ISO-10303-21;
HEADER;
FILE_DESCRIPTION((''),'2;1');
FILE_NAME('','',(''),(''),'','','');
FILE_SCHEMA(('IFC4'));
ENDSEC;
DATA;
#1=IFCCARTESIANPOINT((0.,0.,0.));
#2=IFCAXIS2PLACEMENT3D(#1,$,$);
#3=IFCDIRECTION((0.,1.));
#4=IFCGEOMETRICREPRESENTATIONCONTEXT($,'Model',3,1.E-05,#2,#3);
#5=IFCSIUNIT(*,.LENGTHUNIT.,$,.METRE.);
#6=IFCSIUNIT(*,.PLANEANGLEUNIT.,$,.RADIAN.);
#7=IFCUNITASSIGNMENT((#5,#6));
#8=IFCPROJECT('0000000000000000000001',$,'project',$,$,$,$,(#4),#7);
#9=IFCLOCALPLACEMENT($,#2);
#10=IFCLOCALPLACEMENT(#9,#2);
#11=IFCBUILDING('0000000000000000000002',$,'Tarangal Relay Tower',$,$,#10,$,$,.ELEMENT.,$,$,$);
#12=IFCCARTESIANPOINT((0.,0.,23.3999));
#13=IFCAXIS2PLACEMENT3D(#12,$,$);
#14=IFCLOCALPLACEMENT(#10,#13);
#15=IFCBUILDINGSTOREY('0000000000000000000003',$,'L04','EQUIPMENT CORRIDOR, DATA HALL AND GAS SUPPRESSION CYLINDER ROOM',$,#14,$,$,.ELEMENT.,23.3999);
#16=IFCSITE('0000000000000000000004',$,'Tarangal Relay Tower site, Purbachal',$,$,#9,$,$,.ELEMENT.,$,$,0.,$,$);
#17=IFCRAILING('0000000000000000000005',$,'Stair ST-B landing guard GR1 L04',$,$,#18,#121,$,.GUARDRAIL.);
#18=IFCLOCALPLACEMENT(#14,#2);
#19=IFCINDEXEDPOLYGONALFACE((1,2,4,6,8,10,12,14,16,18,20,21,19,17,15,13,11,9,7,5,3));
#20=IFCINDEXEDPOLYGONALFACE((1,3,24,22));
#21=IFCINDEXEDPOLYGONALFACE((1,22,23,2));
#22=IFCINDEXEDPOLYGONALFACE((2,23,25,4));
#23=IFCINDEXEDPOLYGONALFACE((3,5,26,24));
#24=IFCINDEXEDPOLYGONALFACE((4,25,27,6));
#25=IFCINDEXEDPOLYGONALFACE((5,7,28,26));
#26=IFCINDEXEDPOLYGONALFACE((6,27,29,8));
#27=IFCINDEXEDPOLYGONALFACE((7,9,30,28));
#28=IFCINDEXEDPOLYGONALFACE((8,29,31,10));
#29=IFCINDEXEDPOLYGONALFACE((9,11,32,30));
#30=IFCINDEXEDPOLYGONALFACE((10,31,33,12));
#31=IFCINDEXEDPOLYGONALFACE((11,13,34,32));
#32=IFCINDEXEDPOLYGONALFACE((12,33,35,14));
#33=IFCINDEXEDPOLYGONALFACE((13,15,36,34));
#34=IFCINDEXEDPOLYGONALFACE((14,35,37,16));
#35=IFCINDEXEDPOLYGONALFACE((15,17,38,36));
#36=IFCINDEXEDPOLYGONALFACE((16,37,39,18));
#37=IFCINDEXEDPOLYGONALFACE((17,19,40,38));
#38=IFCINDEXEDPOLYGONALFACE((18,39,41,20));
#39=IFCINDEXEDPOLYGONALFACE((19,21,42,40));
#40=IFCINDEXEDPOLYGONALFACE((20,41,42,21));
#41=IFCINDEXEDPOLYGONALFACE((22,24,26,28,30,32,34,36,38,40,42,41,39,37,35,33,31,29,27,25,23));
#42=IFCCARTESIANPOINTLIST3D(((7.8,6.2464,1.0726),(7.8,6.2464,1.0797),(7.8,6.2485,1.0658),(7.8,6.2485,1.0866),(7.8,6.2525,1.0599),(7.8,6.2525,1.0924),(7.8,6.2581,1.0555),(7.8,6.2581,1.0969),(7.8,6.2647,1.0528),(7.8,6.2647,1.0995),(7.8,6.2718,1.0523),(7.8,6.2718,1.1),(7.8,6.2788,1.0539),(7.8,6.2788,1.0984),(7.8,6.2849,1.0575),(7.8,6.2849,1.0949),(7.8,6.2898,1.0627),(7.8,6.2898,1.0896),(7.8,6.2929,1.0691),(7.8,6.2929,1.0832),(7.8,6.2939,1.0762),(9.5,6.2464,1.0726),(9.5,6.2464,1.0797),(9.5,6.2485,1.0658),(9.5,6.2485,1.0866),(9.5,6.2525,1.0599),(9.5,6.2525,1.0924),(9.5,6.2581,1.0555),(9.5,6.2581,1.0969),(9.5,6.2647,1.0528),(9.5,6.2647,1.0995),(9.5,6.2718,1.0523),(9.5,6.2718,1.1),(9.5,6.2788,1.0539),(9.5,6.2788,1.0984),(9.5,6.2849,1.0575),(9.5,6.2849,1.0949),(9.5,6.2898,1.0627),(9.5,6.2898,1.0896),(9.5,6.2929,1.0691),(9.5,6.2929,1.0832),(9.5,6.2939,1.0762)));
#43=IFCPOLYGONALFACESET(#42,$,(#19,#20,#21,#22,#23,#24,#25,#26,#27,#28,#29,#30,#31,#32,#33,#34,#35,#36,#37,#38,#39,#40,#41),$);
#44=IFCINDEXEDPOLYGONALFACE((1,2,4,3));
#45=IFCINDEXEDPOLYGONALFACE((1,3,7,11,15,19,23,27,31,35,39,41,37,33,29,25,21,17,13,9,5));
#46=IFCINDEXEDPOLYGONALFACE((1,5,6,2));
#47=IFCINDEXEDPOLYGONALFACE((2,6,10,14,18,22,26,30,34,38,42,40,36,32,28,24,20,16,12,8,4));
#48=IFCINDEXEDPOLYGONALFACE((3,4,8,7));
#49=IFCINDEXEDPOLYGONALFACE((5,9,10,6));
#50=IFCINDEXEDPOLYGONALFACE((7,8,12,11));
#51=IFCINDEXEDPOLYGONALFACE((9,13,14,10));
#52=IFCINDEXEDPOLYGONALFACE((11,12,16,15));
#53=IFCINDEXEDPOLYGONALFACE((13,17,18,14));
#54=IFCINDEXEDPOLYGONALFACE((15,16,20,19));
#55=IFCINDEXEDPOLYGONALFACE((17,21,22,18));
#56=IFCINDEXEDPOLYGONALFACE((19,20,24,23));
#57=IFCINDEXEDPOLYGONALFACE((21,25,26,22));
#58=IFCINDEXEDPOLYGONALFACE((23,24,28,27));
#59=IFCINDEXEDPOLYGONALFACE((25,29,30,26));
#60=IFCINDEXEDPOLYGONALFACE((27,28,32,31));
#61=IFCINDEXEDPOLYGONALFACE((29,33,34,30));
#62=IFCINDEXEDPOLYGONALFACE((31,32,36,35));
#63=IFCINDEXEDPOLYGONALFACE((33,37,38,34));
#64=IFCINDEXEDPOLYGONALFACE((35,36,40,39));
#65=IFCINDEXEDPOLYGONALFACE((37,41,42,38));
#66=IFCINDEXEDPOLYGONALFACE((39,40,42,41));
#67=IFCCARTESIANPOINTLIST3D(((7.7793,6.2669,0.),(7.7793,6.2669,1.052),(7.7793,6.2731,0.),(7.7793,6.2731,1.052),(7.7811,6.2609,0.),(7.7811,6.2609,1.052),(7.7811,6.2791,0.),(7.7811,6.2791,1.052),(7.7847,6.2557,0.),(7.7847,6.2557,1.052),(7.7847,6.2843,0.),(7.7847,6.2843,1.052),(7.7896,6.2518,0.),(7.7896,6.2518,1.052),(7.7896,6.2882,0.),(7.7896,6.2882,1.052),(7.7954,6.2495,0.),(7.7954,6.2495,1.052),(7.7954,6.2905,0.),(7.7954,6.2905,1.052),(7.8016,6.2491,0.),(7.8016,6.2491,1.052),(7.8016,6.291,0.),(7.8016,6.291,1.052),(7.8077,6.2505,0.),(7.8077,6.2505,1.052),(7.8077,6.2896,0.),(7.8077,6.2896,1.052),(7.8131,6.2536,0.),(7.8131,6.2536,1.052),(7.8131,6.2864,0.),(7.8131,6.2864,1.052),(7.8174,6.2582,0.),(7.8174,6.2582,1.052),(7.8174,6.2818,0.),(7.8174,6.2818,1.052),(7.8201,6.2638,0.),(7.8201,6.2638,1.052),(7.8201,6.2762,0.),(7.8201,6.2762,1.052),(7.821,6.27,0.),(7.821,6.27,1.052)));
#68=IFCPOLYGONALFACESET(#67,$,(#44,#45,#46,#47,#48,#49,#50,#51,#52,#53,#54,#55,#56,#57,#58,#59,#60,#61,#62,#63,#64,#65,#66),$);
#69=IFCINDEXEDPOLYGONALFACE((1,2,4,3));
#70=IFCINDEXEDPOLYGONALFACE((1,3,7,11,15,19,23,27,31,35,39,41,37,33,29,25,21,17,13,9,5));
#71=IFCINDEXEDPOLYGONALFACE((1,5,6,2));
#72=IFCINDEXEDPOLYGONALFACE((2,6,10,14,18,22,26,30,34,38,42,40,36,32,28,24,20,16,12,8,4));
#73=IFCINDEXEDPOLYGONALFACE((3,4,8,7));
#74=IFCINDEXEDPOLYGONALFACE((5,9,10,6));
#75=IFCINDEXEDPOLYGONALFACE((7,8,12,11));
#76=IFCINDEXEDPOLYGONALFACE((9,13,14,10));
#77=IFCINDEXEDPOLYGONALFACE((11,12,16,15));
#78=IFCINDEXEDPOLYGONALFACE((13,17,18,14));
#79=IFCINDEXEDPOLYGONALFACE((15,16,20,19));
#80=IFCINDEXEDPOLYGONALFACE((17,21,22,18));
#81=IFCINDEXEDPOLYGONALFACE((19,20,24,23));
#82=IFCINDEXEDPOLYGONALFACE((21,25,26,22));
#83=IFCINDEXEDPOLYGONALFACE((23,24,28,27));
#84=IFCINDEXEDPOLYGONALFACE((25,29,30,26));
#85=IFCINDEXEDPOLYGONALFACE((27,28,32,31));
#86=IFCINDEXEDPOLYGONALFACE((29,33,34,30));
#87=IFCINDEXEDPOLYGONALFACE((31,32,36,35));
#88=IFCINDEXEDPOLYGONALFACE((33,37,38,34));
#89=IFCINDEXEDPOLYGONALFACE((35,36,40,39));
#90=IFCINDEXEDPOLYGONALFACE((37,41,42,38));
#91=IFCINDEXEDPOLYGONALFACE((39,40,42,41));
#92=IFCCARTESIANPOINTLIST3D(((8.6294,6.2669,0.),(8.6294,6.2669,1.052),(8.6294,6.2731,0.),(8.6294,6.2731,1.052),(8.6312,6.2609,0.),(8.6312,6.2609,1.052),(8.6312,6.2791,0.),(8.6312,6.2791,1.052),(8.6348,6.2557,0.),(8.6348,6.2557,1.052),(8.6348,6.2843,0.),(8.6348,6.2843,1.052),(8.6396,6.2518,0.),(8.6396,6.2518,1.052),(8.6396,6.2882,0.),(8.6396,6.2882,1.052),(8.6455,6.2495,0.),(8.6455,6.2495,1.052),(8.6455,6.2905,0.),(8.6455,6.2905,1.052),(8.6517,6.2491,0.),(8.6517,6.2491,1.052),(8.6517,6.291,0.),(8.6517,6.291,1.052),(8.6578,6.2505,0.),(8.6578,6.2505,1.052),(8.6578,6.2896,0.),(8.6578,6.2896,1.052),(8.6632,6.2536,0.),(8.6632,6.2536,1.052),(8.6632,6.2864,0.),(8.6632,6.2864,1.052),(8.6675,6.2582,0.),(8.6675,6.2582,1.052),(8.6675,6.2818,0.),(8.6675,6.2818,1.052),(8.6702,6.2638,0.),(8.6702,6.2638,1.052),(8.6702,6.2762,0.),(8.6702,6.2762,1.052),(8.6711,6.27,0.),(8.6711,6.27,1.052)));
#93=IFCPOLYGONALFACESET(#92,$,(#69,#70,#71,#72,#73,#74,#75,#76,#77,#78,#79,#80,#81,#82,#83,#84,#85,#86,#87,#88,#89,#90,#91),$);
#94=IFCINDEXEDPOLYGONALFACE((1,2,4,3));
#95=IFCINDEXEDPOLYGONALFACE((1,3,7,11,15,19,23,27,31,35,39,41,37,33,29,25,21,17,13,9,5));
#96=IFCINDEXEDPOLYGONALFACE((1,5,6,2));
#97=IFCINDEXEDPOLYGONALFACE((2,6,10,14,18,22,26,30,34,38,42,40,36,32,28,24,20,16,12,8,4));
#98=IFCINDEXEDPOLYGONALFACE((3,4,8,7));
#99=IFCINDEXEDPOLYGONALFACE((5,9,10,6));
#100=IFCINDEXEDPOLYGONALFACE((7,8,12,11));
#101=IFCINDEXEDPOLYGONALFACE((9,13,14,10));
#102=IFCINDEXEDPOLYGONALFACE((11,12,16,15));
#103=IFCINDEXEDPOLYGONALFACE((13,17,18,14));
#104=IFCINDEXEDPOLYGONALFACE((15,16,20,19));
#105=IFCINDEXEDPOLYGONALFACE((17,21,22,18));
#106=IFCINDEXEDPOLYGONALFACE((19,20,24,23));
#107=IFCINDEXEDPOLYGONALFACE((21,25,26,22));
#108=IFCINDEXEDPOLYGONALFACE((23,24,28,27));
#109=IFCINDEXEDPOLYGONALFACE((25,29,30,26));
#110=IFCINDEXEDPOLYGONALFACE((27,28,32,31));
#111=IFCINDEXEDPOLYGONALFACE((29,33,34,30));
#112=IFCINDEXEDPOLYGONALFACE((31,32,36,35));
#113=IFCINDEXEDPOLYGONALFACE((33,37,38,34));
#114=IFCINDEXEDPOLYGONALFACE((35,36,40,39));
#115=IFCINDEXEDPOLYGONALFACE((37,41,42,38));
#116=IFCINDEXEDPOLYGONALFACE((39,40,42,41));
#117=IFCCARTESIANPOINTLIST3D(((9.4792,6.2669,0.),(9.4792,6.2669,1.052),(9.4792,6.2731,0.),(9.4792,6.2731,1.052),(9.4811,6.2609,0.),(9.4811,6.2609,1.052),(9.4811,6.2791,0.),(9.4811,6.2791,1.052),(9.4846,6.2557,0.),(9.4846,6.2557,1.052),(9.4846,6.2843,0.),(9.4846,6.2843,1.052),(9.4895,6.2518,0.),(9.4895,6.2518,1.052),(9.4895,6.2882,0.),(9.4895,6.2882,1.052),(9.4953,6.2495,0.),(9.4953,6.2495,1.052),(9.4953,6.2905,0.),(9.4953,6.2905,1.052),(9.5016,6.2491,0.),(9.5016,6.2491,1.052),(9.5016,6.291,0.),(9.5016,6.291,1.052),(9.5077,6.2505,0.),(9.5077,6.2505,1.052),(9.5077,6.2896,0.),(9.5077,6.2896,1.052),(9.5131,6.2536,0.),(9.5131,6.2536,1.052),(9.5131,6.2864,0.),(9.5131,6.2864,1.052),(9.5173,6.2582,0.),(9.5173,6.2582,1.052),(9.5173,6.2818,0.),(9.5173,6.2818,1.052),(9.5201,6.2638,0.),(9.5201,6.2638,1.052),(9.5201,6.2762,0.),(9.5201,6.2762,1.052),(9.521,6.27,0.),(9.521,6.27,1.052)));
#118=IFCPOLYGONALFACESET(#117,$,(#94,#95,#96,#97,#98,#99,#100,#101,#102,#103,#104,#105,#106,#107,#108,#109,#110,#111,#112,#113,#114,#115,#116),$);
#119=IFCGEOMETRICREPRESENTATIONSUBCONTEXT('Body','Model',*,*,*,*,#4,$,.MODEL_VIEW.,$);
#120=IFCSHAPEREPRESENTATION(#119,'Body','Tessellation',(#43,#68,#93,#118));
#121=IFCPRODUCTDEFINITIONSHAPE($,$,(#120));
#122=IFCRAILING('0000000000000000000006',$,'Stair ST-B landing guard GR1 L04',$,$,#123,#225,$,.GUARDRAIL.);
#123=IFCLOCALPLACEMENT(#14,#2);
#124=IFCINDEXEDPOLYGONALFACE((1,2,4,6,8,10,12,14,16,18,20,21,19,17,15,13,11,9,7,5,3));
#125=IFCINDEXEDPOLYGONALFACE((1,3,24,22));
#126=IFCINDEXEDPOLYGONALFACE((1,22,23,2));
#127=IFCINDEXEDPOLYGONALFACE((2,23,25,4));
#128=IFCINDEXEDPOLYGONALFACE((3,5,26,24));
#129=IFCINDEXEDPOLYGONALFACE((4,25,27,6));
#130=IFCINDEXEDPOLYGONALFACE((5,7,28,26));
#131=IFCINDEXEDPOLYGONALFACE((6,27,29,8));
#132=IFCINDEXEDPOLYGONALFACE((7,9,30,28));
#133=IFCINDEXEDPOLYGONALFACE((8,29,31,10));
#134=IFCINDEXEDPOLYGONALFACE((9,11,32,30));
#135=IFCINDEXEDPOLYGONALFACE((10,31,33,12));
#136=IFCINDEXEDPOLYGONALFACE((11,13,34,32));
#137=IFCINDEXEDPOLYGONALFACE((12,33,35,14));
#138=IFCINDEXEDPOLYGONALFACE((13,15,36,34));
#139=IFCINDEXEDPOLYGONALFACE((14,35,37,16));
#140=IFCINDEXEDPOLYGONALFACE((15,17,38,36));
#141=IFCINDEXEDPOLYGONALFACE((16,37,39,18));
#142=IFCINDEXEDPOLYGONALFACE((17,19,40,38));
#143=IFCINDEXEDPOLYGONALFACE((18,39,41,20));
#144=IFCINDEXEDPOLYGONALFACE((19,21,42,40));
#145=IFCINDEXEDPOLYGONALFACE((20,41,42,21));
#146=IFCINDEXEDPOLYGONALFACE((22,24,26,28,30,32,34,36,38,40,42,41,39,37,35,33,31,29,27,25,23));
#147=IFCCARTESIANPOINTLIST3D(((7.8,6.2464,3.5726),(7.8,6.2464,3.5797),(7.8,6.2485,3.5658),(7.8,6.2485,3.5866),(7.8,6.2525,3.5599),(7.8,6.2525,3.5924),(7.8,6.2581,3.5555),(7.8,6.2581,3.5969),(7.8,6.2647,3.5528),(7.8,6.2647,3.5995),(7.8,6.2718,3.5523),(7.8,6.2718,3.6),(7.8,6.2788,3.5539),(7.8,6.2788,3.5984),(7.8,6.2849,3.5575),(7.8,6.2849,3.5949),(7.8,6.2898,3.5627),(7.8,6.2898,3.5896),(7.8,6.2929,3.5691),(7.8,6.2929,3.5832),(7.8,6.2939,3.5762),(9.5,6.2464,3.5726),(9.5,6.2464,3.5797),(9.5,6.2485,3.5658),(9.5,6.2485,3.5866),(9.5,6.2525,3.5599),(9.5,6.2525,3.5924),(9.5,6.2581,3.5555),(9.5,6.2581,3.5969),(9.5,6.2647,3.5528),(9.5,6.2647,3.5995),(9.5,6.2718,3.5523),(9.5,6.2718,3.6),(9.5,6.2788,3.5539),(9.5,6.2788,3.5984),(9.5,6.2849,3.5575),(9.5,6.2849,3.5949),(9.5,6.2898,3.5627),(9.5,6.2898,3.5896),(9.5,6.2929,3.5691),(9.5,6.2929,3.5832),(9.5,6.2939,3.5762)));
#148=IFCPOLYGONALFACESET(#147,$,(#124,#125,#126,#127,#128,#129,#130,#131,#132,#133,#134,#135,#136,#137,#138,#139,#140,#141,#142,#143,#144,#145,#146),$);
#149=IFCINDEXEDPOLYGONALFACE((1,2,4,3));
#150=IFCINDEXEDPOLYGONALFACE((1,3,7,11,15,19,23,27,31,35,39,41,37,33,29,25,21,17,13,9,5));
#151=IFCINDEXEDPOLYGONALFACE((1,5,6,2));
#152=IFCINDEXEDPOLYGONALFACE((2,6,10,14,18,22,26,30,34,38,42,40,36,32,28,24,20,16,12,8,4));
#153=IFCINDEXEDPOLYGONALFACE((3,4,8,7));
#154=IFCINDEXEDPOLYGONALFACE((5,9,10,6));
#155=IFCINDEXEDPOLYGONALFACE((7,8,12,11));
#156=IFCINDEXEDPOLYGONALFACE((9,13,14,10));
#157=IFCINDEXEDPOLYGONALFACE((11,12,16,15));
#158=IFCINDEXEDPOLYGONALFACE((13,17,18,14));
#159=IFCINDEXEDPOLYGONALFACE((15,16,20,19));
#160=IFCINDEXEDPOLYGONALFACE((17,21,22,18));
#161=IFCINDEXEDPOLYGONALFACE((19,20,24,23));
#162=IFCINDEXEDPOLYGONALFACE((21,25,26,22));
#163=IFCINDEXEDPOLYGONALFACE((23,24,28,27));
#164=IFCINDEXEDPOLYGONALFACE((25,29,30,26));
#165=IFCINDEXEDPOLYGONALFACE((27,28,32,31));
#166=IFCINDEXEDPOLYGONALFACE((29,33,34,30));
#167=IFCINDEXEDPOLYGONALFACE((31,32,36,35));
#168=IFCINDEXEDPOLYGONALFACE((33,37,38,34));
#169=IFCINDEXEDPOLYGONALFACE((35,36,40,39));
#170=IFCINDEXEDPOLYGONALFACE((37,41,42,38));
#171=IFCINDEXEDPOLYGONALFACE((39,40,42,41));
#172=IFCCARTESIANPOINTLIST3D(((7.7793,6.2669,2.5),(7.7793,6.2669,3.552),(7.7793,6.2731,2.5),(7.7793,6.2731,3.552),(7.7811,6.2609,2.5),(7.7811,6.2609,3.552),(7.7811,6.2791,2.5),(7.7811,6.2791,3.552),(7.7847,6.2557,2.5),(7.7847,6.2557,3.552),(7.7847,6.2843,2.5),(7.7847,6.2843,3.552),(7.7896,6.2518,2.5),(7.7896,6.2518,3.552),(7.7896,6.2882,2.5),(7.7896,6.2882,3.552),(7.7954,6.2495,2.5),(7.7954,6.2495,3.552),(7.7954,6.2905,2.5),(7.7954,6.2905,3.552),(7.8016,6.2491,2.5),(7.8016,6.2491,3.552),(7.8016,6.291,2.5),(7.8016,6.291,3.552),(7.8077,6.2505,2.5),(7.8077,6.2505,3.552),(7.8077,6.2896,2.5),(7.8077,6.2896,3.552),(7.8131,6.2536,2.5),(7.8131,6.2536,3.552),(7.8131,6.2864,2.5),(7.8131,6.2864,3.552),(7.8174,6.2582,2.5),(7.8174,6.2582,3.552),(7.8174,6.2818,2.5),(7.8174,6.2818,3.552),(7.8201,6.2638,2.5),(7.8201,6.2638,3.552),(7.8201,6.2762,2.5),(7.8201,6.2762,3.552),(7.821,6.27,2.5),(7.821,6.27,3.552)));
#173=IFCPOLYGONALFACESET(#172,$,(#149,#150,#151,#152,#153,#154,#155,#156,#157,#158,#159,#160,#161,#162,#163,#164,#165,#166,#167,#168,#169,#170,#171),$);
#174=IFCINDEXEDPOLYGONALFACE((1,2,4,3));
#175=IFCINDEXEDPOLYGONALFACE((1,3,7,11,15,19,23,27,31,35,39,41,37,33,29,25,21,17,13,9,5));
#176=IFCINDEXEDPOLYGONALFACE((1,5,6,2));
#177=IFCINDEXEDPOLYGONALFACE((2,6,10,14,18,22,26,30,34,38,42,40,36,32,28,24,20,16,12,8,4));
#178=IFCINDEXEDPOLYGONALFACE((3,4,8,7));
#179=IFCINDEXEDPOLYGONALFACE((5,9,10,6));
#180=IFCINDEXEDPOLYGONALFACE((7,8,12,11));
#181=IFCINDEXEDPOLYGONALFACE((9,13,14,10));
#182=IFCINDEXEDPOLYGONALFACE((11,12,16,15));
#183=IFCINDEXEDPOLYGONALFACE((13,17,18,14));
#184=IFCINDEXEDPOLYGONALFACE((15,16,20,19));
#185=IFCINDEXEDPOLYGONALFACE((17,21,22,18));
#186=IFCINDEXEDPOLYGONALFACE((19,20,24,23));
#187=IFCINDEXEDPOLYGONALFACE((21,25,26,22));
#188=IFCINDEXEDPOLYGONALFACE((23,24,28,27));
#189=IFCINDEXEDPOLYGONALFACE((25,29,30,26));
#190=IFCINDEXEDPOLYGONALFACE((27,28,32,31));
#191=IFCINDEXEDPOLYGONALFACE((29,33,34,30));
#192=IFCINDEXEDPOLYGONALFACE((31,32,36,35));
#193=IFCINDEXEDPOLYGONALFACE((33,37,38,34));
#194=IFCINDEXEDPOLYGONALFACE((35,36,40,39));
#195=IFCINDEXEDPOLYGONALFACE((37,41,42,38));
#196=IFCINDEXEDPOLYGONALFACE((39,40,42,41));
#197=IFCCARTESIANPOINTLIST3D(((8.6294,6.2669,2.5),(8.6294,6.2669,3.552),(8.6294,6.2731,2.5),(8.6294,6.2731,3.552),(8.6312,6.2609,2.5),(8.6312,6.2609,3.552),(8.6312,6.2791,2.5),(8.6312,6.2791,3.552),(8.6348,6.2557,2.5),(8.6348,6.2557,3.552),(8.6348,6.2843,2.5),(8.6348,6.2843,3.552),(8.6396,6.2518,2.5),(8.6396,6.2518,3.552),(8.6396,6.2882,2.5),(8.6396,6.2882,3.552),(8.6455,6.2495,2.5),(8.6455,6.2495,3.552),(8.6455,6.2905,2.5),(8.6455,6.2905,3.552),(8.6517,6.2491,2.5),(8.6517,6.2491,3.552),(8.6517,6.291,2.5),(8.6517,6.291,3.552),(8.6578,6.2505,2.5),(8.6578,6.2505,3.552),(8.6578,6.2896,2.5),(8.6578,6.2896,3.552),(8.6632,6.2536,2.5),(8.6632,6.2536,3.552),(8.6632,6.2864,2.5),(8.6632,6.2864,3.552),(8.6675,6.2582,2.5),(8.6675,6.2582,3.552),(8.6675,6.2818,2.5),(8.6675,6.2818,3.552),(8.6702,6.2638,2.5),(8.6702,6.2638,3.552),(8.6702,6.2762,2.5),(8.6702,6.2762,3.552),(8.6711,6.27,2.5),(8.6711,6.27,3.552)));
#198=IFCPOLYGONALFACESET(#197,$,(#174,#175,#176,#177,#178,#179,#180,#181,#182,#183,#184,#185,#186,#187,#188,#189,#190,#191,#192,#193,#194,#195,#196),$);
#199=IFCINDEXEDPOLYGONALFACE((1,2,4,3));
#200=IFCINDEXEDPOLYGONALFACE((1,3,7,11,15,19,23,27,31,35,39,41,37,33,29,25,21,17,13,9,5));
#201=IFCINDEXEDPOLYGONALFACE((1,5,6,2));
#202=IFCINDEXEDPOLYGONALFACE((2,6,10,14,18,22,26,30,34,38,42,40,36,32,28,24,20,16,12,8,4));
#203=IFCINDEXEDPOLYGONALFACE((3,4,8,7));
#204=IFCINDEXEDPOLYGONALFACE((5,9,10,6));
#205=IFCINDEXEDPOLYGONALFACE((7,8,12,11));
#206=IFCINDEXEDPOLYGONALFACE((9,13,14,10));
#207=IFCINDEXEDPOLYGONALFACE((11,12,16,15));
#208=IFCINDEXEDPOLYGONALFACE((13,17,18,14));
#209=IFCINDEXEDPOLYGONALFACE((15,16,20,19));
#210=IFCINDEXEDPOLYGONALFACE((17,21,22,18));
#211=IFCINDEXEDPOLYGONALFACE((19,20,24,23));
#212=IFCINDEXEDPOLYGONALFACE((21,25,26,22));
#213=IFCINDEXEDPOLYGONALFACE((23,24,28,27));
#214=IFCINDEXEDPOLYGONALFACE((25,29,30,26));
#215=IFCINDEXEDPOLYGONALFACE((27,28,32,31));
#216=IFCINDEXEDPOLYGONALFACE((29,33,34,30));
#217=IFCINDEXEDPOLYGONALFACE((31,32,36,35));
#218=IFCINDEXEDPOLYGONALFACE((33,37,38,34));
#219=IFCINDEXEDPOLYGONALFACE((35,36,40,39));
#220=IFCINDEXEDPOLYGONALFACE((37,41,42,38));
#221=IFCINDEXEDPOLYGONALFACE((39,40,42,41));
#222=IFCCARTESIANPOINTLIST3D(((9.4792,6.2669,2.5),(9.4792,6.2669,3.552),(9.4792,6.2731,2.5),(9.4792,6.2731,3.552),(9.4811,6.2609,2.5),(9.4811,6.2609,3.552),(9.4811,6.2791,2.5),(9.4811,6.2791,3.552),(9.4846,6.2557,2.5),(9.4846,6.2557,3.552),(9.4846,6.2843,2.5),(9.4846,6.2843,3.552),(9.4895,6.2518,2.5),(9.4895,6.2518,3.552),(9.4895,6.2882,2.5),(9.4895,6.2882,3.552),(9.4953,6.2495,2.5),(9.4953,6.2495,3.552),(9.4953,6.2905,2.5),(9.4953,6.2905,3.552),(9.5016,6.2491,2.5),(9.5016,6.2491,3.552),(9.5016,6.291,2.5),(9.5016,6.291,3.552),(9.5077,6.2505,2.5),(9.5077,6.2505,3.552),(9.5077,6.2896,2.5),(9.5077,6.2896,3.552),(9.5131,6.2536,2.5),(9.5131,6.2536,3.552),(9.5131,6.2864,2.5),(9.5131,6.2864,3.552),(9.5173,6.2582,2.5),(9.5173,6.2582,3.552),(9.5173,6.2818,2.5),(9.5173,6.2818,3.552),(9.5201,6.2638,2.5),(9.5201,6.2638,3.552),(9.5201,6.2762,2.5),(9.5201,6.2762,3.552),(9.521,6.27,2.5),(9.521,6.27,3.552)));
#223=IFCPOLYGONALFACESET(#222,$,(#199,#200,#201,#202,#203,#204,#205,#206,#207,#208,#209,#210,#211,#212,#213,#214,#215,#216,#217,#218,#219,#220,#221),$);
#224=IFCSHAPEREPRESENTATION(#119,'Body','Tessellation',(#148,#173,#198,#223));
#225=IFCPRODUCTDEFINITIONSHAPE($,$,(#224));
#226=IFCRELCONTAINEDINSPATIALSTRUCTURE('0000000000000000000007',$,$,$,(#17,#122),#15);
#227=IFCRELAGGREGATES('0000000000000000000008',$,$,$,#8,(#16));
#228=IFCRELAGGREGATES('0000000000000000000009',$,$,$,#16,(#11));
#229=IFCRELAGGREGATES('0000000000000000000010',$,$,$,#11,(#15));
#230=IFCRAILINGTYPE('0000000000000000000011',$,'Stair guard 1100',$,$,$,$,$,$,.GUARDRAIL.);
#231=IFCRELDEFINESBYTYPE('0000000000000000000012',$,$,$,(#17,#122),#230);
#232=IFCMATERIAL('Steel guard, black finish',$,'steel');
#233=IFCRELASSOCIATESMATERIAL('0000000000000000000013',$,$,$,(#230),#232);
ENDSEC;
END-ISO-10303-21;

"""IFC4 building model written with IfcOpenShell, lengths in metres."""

from ifc_helpers import new_model, si_unit, direction, frame, origin, origin_2d, place, context, subcontext, project, spatial, circle, extrude, material, type_object, element, save


model = new_model("IFC4")

# Units and contexts
model_context = context("Model", 3, precision=1e-05, world=origin(), true_north=direction((0.0, 1.0)))
body_context = subcontext(model_context, "Body", "Model", "MODEL_VIEW")
ifc_project = project(units=[si_unit("LENGTHUNIT", "METRE"), si_unit("PLANEANGLEUNIT", "RADIAN")], contexts=[model_context])

# Site, building, storey
site_placement = place(None, origin())
site = spatial("IfcSite", under=ifc_project, at=site_placement, Name="Tarangal Relay Tower site, Purbachal", CompositionType="ELEMENT", RefElevation=0.0)
building_placement = place(site_placement, origin())
building = spatial("IfcBuilding", under=site, at=building_placement, Name="Tarangal Relay Tower", CompositionType="ELEMENT")
storey_placement = place(building_placement, frame((0.0, 0.0, 23.3999)))
storey = spatial("IfcBuildingStorey", under=building, at=storey_placement, Name="L04", Description="EQUIPMENT CORRIDOR, DATA HALL AND GAS SUPPRESSION CYLINDER ROOM", CompositionType="ELEMENT", Elevation=23.3999)

# Railings
ifc_material_1 = material(Name="Steel guard, black finish", Category="steel")
railing_type_1 = type_object("IfcRailingType", Name="Stair guard 1100", PredefinedType="GUARDRAIL", material=ifc_material_1)
for number, where, name in (
    (1, (7.8, 6.27, 0.0), "Stair ST-B landing guard GR1 L04"),
    (2, (7.8, 6.27, 2.5), "Stair ST-B landing guard GR1 L04"),
):
    element("IfcRailing", number, at=place(storey_placement, frame(where)), inside=storey, type_object=railing_type_1, Name=name, PredefinedType="GUARDRAIL", context=body_context, shape_type="SweptSolid", body=[
        extrude(circle(Radius=0.0239, at=origin_2d()), frame((0.0, 0.0, 1.0762), z_axis=(1.0, 0.0, 0.0), x_axis=(0.0, 1.0, 0.0)), (0.0, 0.0, 1.0), 1.7),
        extrude(circle(Radius=0.021, at=origin_2d()), origin(), (0.0, 0.0, 1.0), 1.052),
        extrude(circle(Radius=0.021, at=origin_2d()), frame((0.8501, 0.0, 0.0)), (0.0, 0.0, 1.0), 1.052),
        extrude(circle(Radius=0.021, at=origin_2d()), frame((1.7, 0.0, 0.0)), (0.0, 0.0, 1.0), 1.052),
    ])

save(model, "model.ifc")
